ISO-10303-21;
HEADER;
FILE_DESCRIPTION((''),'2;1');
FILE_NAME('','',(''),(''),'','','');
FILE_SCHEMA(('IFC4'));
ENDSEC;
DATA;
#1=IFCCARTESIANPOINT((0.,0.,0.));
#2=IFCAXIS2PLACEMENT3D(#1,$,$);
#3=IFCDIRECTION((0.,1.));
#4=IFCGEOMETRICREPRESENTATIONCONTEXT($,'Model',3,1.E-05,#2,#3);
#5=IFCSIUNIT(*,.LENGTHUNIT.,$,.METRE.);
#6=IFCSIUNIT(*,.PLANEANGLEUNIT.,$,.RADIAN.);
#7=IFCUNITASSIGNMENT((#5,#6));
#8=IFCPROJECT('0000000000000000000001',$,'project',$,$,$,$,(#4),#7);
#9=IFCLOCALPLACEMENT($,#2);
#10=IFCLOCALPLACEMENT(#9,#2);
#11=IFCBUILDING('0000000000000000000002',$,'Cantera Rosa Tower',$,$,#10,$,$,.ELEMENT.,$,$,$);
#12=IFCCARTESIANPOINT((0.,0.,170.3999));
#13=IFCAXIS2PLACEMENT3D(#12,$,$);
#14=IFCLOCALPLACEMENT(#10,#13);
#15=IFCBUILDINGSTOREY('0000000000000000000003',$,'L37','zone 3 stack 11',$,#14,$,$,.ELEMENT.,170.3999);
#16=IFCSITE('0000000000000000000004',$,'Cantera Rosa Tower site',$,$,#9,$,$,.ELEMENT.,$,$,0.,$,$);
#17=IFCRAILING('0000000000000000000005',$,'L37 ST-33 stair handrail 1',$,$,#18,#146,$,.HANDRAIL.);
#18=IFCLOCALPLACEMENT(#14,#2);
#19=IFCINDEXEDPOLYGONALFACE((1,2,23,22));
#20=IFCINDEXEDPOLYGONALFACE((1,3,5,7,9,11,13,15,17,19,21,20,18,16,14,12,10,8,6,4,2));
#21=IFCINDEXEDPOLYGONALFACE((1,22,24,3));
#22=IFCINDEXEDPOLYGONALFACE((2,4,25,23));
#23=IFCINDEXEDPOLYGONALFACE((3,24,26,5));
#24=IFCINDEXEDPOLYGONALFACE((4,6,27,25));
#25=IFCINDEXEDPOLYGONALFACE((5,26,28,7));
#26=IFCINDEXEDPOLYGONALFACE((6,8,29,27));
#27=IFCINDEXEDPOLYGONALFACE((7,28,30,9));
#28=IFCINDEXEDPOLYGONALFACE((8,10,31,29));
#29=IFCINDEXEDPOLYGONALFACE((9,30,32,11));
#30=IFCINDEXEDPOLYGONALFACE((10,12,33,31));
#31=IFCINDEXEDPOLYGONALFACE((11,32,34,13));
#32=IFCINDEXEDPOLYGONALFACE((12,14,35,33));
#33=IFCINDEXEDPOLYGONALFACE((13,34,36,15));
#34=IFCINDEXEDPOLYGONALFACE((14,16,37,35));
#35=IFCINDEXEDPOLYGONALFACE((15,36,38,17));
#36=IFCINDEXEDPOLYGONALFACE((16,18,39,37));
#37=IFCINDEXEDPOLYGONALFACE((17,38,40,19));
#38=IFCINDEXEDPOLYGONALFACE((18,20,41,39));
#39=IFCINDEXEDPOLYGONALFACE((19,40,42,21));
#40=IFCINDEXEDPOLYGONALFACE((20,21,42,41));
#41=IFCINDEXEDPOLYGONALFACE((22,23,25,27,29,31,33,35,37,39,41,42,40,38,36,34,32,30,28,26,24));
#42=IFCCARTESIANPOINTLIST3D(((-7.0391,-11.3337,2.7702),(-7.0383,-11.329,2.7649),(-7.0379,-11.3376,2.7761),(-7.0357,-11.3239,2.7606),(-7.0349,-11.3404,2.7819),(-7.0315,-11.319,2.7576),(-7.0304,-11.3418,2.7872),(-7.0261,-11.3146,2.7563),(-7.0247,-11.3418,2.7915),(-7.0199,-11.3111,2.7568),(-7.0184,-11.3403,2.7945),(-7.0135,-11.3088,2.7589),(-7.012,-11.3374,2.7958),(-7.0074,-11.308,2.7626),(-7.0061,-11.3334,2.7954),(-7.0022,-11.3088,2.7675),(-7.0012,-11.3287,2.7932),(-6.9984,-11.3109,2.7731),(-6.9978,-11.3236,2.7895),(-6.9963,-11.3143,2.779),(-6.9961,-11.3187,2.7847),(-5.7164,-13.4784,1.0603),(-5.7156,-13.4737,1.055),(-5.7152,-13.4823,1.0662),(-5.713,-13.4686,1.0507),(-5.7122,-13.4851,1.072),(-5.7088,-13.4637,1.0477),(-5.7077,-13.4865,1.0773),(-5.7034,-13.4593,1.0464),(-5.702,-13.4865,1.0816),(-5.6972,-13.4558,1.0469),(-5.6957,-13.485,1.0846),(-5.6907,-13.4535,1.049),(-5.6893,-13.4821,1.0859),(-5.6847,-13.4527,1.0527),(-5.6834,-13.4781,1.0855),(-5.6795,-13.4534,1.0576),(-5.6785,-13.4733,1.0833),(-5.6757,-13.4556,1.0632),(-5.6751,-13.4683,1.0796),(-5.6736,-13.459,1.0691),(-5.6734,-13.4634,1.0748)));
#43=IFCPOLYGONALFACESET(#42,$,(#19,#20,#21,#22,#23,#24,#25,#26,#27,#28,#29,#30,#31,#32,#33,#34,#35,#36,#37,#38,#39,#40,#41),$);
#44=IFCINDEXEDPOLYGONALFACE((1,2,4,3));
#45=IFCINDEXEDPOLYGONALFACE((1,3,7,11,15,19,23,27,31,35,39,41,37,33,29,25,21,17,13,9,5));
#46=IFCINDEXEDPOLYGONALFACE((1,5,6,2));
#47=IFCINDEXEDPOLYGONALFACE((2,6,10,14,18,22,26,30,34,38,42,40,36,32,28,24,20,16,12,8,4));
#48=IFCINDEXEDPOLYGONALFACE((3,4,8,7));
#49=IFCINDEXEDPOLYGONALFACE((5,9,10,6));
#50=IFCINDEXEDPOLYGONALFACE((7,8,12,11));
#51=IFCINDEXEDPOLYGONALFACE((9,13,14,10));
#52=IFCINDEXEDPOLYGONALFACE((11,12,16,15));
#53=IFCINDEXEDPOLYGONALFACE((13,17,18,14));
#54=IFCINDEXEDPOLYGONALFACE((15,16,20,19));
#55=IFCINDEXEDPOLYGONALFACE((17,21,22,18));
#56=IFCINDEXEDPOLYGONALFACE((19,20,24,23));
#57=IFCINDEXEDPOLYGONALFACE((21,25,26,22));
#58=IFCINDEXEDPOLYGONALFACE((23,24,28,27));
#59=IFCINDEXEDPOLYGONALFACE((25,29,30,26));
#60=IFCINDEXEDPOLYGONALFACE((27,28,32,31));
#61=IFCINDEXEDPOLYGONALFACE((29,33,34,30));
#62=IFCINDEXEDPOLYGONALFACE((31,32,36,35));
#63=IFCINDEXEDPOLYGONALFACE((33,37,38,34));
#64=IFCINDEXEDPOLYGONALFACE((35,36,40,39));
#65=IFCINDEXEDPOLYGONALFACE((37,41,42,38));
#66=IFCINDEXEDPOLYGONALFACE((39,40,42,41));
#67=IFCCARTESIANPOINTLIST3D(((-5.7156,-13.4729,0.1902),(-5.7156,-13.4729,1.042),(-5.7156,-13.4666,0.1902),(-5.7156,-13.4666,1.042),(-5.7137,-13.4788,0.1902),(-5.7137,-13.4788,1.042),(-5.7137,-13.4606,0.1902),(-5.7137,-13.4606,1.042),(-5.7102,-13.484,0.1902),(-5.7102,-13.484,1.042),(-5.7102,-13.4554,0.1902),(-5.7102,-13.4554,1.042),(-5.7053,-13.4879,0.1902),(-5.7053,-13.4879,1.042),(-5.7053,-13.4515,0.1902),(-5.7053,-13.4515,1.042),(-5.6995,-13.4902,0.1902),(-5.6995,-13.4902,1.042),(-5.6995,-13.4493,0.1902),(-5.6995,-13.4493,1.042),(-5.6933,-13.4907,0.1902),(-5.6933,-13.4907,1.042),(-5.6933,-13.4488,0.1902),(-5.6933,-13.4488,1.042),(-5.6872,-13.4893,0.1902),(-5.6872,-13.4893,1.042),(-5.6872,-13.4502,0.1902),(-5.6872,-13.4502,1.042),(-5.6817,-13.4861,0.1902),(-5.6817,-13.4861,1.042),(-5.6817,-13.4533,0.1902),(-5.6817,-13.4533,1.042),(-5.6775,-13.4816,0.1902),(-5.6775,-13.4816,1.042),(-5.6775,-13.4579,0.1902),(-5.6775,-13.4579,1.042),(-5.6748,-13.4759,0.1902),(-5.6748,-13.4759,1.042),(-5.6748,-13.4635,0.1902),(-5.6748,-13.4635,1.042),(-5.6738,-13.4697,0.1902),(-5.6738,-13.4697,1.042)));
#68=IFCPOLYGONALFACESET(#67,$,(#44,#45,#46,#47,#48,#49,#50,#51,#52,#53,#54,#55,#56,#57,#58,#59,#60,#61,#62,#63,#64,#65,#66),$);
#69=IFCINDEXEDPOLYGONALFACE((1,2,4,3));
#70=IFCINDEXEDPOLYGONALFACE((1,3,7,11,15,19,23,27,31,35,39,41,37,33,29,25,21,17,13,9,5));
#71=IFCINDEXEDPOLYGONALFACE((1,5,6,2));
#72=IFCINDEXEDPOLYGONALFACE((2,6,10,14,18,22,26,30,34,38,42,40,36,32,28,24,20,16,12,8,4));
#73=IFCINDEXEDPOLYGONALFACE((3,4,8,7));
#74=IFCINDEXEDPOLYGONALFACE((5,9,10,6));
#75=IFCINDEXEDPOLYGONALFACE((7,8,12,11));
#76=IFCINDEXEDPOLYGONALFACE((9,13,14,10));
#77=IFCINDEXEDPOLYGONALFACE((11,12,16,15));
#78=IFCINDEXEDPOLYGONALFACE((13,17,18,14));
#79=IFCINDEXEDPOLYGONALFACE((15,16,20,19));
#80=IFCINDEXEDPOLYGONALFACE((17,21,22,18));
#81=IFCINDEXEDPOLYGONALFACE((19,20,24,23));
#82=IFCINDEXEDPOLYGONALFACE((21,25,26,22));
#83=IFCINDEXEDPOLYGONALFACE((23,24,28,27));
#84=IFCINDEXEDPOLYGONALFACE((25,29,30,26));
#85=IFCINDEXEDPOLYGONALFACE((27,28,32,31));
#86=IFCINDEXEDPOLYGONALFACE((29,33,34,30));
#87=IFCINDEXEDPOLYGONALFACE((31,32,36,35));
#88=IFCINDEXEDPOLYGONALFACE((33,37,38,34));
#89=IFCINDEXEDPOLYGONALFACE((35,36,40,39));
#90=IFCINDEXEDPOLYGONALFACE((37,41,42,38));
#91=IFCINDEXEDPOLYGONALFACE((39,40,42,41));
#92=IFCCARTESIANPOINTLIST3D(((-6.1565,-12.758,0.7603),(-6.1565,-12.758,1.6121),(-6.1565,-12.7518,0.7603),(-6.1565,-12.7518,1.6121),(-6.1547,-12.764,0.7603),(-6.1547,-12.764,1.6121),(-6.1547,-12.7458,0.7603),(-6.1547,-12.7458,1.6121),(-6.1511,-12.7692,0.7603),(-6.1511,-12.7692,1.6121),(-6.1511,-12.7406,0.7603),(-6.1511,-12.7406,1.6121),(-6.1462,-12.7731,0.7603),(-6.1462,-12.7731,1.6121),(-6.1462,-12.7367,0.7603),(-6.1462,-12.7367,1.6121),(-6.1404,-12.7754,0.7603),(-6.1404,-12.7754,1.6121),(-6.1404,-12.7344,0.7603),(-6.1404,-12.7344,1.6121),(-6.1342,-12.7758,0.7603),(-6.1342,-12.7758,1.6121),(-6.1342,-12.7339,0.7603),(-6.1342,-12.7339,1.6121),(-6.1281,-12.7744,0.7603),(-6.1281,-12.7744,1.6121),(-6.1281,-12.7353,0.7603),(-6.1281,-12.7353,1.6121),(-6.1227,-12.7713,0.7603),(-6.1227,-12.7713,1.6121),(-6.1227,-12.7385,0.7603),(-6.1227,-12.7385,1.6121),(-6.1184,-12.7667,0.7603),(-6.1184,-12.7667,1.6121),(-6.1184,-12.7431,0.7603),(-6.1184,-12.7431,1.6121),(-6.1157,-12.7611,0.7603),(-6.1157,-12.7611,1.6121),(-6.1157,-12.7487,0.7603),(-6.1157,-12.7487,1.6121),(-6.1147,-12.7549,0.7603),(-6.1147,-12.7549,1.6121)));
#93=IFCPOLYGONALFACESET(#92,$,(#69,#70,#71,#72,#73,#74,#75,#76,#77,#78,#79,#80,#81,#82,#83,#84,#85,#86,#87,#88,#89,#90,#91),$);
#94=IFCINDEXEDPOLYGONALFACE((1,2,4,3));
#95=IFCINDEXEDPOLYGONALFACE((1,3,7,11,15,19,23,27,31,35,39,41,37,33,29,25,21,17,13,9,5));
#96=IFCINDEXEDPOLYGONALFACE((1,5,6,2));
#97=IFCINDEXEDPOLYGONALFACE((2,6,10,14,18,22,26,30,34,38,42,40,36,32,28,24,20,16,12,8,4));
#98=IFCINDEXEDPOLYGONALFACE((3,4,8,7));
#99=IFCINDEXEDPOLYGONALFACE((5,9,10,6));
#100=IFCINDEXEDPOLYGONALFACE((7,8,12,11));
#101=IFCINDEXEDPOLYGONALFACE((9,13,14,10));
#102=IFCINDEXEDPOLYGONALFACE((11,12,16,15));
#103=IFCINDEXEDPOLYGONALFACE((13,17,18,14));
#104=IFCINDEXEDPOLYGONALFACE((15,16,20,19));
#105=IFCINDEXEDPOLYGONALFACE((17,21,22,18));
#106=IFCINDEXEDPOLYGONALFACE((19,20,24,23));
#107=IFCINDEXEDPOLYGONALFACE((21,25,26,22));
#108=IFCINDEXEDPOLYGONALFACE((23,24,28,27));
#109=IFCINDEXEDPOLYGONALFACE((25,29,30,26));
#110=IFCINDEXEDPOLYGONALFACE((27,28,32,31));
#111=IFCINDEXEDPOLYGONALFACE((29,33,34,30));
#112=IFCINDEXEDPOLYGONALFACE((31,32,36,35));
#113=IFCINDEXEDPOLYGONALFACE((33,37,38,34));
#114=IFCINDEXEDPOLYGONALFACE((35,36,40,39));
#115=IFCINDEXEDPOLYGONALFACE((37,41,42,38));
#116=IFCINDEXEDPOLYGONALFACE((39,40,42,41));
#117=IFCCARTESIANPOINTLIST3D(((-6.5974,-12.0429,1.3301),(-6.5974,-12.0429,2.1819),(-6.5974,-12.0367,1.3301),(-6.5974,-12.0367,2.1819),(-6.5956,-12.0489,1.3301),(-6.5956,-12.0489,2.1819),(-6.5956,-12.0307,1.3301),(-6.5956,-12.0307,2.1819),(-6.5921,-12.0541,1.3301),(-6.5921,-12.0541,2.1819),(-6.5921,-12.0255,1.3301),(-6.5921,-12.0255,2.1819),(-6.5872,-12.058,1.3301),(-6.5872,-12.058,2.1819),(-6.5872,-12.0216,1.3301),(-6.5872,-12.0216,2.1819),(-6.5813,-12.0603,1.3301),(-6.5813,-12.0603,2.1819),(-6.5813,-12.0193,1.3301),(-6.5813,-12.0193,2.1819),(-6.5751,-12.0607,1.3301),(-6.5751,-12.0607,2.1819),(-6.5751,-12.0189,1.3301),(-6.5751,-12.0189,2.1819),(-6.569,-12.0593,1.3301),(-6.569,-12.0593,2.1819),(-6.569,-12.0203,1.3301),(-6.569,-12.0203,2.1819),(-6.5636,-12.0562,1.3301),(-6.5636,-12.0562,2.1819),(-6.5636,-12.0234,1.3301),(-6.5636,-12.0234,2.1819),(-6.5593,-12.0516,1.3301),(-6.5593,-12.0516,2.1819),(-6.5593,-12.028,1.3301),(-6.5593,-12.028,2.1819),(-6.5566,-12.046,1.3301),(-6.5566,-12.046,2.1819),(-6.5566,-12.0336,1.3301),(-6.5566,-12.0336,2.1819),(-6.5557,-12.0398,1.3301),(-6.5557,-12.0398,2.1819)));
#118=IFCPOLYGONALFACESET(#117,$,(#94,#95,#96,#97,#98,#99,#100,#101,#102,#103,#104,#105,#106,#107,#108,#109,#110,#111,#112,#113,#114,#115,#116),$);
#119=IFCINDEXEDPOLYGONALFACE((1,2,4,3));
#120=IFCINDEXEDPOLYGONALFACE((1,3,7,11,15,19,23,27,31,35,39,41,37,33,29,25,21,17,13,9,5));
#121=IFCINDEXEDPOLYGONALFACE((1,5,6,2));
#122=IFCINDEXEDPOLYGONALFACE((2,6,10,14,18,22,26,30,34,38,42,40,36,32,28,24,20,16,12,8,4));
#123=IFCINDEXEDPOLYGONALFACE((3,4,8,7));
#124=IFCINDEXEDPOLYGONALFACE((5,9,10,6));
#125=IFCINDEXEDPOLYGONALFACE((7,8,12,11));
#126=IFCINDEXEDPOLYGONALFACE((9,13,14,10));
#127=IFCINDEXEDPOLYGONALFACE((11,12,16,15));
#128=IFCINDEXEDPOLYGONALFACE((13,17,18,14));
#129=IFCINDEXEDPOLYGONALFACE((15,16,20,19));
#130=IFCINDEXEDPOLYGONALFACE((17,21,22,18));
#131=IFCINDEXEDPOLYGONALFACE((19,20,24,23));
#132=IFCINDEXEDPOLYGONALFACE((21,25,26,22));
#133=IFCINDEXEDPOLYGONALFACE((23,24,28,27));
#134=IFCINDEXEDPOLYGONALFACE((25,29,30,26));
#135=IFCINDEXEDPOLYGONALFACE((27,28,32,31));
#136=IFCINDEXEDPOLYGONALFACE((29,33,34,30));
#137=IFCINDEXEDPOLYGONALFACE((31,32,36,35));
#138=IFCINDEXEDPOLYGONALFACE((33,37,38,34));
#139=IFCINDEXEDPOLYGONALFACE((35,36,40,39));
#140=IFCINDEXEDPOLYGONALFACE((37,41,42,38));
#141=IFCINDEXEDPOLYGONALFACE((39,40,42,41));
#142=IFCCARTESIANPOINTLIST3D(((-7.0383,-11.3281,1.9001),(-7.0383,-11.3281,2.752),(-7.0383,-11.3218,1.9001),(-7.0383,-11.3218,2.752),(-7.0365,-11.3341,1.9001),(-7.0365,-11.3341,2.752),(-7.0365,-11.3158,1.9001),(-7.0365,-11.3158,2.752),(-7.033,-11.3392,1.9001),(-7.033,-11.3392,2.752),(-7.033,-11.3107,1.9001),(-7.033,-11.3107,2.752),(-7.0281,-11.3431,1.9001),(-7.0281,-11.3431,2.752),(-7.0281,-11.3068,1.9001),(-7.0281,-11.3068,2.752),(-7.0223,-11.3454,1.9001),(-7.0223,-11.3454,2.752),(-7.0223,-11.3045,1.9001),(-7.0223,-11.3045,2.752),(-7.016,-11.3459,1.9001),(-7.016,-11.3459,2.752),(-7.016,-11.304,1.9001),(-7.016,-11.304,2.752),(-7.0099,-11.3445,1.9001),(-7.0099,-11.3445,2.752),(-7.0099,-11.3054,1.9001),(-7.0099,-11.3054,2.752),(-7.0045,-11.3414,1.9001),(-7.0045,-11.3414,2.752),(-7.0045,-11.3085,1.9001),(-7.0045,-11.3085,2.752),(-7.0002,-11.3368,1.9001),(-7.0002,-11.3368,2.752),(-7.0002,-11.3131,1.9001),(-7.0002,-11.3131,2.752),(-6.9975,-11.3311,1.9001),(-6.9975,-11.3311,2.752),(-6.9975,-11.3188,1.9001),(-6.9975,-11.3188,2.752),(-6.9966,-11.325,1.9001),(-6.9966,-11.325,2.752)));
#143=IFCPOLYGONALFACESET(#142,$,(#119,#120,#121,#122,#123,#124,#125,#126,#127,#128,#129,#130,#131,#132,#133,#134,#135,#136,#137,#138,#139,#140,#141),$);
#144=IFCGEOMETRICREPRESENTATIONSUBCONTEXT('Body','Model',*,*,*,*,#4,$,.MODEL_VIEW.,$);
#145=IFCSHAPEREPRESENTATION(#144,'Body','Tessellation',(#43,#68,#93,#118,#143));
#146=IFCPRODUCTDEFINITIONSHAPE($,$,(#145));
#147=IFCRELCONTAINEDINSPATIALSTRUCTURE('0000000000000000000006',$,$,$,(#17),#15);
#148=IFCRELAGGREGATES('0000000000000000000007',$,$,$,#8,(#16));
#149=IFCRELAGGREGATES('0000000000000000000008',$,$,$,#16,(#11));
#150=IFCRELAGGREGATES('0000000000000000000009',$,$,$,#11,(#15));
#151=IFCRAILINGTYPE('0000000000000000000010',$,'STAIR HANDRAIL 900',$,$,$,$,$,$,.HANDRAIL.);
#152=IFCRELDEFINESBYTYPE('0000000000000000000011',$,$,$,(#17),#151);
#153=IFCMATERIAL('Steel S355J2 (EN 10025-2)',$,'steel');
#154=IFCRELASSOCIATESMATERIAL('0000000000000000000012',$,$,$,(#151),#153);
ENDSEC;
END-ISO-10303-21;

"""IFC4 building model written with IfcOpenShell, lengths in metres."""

from ifc_helpers import new_model, si_unit, direction, frame, origin, origin_2d, place, context, subcontext, project, spatial, circle, extrude, material, type_object, element, save


model = new_model("IFC4")

# Units and contexts
model_context = context("Model", 3, precision=1e-05, world=origin(), true_north=direction((0.0, 1.0)))
body_context = subcontext(model_context, "Body", "Model", "MODEL_VIEW")
ifc_project = project(units=[si_unit("LENGTHUNIT", "METRE"), si_unit("PLANEANGLEUNIT", "RADIAN")], contexts=[model_context])

# Site, building, storey
site_placement = place(None, origin())
site = spatial("IfcSite", under=ifc_project, at=site_placement, Name="Cantera Rosa Tower site", CompositionType="ELEMENT", RefElevation=0.0)
building_placement = place(site_placement, origin())
building = spatial("IfcBuilding", under=site, at=building_placement, Name="Cantera Rosa Tower", CompositionType="ELEMENT")
storey_placement = place(building_placement, frame((0.0, 0.0, 170.3999)))
storey = spatial("IfcBuildingStorey", under=building, at=storey_placement, Name="L37", Description="zone 3 stack 11", CompositionType="ELEMENT", Elevation=170.3999)

# Railing
ifc_material_1 = material(Name="Steel S355J2 (EN 10025-2)", Category="steel")
railing_type_1 = type_object("IfcRailingType", Name="STAIR HANDRAIL 900", PredefinedType="HANDRAIL", material=ifc_material_1)
railing_1_placement = place(storey_placement, frame((-5.6948, -13.4697, 0.1902)))
element("IfcRailing", 1, at=railing_1_placement, inside=storey, type_object=railing_type_1, Name="L37 ST-33 stair handrail 1", PredefinedType="HANDRAIL", context=body_context, shape_type="SweptSolid", body=[
    extrude(circle(Radius=0.0239, at=origin_2d()), frame((0.0, 0.0, 0.876), z_axis=(-0.434363, 0.704296, 0.561513), x_axis=(-0.851146, -0.52493, 0.0)), (0.0, 0.0, 1.0), 3.0452),
    extrude(circle(Radius=0.021, at=origin_2d()), origin(), (0.0, 0.0, 1.0), 0.8518),
    extrude(circle(Radius=0.021, at=origin_2d()), frame((-0.4409, 0.7148, 0.5701)), (0.0, 0.0, 1.0), 0.8518),
    extrude(circle(Radius=0.021, at=origin_2d()), frame((-0.8818, 1.4299, 1.1399)), (0.0, 0.0, 1.0), 0.8518),
    extrude(circle(Radius=0.021, at=origin_2d()), frame((-1.3228, 2.1448, 1.71)), (0.0, 0.0, 1.0), 0.8518),
])

save(model, "model.ifc")
